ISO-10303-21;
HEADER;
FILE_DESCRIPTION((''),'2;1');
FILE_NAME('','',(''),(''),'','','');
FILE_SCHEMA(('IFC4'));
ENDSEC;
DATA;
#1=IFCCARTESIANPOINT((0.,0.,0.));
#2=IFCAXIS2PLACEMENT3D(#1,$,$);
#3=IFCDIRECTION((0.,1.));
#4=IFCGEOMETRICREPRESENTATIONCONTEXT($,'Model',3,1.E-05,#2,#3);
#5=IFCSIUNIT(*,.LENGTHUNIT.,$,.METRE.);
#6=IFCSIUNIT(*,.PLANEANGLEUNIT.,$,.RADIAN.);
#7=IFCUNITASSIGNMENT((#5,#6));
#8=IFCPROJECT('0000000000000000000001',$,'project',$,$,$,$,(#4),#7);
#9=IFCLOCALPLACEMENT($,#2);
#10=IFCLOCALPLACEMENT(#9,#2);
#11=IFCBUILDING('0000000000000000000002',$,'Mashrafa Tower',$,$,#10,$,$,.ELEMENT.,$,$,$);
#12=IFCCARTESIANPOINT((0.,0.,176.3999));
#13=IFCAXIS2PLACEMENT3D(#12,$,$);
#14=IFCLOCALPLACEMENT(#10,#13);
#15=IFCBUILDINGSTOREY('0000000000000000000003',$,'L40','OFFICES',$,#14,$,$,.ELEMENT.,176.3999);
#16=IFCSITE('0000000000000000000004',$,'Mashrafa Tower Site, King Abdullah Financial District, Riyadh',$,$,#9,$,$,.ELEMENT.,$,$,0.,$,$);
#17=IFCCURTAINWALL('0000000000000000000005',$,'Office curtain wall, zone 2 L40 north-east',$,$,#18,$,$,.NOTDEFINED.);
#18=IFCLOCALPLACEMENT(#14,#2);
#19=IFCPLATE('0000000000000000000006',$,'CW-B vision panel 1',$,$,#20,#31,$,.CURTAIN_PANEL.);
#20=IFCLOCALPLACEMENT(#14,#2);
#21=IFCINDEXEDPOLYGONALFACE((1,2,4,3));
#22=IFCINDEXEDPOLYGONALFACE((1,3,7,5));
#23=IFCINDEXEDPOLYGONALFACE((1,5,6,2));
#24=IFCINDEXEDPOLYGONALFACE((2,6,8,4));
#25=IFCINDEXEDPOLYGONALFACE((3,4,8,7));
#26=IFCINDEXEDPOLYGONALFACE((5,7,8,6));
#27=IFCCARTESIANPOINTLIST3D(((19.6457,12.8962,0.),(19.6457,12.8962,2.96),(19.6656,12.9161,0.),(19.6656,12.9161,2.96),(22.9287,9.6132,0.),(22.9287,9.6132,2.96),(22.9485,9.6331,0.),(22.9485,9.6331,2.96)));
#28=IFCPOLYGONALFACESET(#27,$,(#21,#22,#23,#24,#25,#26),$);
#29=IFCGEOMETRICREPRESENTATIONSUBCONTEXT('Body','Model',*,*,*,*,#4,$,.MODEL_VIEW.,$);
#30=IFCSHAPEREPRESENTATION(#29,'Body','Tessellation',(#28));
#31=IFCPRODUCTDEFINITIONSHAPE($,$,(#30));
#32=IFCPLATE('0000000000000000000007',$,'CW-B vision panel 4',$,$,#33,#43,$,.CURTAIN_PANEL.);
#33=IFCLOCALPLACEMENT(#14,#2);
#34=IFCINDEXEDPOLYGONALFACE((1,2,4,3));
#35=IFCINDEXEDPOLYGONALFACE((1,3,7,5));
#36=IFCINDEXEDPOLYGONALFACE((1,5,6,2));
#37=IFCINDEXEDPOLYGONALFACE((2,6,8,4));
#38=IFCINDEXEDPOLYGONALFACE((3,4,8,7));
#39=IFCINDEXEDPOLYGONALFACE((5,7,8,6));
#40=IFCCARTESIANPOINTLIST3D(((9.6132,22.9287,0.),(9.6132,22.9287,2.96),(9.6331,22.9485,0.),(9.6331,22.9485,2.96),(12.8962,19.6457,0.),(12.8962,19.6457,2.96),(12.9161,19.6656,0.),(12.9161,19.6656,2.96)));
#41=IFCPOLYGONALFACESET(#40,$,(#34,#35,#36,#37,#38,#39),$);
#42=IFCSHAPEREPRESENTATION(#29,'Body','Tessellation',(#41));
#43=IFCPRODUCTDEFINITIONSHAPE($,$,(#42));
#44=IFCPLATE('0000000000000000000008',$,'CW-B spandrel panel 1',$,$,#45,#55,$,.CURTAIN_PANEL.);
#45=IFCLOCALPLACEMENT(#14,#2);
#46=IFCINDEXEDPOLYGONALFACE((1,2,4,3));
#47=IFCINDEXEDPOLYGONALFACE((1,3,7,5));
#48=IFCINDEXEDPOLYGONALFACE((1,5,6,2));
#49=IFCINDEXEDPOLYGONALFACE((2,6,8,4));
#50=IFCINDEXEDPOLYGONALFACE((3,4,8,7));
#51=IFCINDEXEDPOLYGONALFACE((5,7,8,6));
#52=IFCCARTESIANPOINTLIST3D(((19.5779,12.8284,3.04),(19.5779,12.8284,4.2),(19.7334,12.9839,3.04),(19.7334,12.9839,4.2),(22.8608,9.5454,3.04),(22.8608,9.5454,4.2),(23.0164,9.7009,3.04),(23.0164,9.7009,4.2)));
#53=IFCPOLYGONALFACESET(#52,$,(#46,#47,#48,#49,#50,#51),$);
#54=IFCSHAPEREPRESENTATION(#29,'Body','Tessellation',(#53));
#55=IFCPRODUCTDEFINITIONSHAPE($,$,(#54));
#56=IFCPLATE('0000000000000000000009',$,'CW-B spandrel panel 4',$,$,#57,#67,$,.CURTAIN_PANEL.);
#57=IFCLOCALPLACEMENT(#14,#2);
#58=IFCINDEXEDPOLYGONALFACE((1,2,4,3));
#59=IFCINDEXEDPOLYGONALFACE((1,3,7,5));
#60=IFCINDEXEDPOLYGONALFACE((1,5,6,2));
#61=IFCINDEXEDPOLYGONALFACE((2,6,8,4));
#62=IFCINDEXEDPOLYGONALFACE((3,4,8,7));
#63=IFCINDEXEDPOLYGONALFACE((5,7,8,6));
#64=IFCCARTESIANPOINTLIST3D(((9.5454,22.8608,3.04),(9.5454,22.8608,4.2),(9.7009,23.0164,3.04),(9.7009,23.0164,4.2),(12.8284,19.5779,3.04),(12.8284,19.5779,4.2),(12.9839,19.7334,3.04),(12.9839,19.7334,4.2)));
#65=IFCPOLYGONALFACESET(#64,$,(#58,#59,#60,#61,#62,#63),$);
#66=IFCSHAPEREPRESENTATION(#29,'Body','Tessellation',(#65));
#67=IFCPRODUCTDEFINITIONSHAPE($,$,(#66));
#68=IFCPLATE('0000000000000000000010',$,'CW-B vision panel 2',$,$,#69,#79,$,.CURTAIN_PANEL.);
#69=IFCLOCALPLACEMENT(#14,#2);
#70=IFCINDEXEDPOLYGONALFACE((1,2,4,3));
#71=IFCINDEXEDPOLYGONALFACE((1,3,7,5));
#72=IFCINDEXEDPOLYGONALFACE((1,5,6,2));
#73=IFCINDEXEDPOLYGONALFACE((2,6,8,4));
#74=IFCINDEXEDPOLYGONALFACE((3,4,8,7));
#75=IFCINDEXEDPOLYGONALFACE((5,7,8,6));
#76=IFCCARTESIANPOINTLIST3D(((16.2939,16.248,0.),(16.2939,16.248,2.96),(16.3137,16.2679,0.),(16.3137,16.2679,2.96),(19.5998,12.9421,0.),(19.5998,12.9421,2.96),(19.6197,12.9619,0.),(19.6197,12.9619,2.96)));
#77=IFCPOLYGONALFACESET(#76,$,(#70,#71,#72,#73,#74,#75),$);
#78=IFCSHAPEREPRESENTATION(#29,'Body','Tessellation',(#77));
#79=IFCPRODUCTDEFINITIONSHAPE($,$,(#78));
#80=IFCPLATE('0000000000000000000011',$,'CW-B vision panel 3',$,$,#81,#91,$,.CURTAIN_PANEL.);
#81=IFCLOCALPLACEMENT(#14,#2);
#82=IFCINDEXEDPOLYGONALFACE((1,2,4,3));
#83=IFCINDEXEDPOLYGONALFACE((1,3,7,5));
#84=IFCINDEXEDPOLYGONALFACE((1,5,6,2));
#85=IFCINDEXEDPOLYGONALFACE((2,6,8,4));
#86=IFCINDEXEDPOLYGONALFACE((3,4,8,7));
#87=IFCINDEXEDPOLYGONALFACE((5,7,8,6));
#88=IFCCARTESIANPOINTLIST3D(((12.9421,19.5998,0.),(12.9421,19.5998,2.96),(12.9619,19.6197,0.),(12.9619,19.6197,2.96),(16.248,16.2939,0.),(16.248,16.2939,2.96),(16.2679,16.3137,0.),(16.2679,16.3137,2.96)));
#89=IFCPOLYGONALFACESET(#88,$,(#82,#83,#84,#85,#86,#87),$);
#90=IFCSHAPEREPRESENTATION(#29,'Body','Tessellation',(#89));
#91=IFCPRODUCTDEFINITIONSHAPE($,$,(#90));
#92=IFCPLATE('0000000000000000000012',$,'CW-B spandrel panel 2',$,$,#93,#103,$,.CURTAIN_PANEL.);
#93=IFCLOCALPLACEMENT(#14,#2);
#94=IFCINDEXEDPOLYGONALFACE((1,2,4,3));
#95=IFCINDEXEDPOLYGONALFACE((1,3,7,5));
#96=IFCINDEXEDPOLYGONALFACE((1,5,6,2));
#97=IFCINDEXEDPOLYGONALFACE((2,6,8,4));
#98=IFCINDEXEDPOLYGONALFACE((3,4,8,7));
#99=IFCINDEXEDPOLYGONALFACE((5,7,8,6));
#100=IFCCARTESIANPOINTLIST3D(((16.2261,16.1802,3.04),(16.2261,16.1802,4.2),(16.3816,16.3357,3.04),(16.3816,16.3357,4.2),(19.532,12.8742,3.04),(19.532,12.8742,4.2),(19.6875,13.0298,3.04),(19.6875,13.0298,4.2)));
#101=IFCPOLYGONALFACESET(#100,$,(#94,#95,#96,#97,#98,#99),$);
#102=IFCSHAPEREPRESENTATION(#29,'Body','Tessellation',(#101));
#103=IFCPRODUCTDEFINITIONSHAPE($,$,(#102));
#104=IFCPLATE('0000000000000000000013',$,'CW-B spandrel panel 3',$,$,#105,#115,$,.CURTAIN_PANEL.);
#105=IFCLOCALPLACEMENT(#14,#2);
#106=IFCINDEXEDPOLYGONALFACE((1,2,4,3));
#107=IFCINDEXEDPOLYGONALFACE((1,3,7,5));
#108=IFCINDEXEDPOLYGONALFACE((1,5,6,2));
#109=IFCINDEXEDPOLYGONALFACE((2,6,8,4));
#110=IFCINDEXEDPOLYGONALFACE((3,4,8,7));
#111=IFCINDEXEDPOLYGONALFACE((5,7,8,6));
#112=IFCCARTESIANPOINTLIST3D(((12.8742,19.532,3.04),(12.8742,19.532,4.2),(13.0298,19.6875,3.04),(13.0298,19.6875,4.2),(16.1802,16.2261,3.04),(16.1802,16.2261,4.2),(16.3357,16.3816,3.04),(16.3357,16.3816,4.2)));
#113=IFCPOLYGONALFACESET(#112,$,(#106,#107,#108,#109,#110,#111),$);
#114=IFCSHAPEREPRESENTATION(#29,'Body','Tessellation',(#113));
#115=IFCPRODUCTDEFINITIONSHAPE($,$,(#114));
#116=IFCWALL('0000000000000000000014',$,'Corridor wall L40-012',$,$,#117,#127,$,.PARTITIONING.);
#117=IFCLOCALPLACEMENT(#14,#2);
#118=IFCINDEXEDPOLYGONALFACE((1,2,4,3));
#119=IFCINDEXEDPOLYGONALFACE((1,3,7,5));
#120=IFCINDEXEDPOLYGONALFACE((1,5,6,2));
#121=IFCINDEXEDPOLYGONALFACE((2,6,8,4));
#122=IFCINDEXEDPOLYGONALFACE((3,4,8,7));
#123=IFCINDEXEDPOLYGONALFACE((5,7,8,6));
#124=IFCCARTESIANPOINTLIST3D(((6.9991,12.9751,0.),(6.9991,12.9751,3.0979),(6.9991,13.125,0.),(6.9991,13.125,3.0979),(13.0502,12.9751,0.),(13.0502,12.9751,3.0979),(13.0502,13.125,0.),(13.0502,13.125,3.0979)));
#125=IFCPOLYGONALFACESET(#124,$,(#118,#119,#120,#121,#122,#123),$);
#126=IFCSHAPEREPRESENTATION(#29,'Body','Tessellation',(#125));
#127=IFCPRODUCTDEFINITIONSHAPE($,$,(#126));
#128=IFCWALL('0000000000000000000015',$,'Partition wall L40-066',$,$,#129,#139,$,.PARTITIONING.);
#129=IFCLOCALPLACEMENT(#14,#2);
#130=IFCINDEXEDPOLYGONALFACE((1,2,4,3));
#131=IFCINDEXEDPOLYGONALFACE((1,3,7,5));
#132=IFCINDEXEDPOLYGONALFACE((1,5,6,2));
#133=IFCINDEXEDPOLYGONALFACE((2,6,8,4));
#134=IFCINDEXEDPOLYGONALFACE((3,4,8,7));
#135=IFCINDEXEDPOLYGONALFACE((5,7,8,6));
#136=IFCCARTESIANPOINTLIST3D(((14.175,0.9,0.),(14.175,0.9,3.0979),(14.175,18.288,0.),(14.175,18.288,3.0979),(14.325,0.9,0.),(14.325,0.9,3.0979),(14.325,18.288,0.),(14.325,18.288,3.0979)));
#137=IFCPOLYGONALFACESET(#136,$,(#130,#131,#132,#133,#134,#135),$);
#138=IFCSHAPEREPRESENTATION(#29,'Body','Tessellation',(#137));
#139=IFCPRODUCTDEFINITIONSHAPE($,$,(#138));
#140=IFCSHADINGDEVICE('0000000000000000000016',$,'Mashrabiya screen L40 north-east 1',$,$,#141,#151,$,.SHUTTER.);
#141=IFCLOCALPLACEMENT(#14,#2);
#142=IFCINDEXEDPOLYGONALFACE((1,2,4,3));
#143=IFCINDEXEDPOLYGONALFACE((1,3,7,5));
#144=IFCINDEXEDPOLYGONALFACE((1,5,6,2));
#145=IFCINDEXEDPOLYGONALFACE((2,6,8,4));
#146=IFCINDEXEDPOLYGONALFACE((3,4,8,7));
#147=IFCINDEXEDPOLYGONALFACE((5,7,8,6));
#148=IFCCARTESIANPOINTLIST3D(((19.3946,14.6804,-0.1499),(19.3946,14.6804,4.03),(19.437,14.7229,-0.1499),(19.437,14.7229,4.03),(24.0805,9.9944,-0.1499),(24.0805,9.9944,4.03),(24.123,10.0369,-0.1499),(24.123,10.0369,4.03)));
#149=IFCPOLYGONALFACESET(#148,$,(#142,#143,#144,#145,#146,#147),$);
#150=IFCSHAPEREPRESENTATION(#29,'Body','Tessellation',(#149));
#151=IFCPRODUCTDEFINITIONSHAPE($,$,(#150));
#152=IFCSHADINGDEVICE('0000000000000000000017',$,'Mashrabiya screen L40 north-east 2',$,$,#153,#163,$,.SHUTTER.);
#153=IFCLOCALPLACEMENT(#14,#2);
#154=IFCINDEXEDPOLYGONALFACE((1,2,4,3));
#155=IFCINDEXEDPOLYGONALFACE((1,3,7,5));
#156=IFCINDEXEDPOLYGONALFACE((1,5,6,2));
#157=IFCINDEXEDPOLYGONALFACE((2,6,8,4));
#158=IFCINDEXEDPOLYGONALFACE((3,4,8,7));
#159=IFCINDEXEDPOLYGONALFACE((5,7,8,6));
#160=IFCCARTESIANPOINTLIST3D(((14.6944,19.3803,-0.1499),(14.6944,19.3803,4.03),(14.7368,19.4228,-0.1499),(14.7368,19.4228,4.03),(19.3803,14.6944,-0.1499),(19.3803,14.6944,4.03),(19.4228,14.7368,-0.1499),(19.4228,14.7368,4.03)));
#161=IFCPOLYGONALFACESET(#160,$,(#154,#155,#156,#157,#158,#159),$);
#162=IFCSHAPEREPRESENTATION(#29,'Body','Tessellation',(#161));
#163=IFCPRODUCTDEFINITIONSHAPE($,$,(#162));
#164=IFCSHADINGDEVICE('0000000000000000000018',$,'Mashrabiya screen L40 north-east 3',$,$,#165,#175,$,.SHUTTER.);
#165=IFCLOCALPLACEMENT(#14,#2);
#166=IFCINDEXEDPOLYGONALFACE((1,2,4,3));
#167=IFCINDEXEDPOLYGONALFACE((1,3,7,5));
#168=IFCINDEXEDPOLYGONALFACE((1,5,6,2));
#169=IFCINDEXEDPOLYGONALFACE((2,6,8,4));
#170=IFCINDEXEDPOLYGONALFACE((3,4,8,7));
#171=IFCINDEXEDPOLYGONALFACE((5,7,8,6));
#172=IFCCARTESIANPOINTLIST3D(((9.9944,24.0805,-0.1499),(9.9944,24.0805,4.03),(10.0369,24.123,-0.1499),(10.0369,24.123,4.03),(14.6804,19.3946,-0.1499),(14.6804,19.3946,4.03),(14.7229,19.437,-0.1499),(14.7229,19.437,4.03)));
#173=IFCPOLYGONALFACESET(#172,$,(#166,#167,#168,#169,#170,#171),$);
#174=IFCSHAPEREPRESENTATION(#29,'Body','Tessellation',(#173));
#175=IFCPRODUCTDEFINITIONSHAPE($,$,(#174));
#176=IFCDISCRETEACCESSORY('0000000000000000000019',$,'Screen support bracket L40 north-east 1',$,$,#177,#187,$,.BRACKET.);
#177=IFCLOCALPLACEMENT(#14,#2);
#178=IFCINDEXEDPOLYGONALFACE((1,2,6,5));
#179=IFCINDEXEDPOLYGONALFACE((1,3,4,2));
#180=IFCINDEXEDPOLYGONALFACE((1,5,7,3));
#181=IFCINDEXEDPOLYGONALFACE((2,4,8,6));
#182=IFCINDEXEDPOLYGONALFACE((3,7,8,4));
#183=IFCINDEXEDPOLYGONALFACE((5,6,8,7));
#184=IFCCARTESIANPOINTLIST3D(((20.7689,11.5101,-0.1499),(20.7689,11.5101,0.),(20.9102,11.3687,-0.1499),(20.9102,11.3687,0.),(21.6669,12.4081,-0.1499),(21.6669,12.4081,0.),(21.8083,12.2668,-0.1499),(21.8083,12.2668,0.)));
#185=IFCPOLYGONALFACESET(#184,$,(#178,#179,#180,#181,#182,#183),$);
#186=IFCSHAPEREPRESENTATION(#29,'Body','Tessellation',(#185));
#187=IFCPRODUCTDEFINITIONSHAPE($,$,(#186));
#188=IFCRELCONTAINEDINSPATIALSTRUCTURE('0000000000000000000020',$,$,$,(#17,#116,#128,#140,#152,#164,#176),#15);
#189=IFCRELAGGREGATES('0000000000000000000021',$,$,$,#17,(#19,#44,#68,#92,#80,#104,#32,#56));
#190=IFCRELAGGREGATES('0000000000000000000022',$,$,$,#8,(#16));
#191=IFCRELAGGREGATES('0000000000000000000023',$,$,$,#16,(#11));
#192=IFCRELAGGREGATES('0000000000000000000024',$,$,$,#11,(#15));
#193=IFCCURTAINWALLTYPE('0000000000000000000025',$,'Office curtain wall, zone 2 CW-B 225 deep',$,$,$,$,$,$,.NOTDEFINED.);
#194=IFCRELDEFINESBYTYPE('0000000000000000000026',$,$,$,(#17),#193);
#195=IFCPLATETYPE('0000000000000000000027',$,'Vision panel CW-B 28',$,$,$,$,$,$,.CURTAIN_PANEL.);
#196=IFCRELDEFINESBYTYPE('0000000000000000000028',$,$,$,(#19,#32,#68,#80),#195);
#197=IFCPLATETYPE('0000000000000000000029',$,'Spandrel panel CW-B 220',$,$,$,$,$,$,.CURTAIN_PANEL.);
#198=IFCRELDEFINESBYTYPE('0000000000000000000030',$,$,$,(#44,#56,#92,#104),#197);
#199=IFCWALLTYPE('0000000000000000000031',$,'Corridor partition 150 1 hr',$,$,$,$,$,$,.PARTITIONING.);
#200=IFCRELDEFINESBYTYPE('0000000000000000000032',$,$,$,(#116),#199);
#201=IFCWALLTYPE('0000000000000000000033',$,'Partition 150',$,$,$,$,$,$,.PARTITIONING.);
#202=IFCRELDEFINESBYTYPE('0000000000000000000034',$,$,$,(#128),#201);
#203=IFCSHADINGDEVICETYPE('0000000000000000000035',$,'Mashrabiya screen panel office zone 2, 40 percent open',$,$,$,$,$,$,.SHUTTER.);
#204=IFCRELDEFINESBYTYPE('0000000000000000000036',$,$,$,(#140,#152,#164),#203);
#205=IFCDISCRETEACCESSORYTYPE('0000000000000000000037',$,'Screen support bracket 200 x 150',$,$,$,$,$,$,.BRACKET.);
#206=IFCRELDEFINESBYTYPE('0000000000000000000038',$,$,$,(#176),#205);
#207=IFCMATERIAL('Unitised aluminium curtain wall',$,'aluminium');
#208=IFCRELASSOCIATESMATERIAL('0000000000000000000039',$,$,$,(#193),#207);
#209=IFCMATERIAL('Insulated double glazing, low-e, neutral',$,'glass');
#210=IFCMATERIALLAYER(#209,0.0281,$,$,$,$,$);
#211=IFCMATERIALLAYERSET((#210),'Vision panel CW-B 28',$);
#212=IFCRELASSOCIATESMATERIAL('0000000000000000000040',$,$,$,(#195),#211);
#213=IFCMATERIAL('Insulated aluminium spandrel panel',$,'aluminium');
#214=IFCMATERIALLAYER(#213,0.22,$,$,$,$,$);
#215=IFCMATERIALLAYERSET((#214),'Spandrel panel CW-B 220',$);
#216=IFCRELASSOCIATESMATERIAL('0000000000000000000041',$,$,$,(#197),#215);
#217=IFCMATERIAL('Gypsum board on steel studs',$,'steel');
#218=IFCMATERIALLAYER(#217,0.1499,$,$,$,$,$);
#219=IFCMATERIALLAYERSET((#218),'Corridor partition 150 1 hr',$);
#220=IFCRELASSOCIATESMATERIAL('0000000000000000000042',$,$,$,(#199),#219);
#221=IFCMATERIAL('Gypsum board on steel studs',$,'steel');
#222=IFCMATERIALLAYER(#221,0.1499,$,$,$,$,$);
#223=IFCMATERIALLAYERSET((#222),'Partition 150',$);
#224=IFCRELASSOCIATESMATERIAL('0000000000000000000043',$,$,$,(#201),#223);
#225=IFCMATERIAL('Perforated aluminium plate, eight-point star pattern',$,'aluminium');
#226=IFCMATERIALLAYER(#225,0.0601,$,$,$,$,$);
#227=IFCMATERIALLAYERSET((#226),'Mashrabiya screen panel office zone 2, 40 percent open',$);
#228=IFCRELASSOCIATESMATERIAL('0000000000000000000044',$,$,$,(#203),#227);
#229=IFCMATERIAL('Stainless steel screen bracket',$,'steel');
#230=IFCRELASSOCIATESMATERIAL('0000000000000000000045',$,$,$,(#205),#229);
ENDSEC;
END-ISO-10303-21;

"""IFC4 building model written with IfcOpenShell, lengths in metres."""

from ifc_helpers import new_model, si_unit, direction, frame, frame_2d, origin, origin_2d, place, context, subcontext, project, spatial, rectangle, extrude, source, transform, mapped, material, layer, layer_set, type_object, type_shapes, element, aggregate, save


model = new_model("IFC4")

# Units and contexts
model_context = context("Model", 3, precision=1e-05, world=origin(), true_north=direction((0.0, 1.0)))
body_context = subcontext(model_context, "Body", "Model", "MODEL_VIEW")
ifc_project = project(units=[si_unit("LENGTHUNIT", "METRE"), si_unit("PLANEANGLEUNIT", "RADIAN")], contexts=[model_context])

# Site, building, storey
site_placement = place(None, origin())
site = spatial("IfcSite", under=ifc_project, at=site_placement, Name="Mashrafa Tower Site, King Abdullah Financial District, Riyadh", CompositionType="ELEMENT", RefElevation=0.0)
building_placement = place(site_placement, origin())
building = spatial("IfcBuilding", under=site, at=building_placement, Name="Mashrafa Tower", CompositionType="ELEMENT")
storey_placement = place(building_placement, frame((0.0, 0.0, 176.3999)))
storey = spatial("IfcBuildingStorey", under=building, at=storey_placement, Name="L40", Description="OFFICES", CompositionType="ELEMENT", Elevation=176.3999)

# Curtain wall, plates
ifc_material_1 = material(Name="Unitised aluminium curtain wall", Category="aluminium")
curtain_wall_type = type_object("IfcCurtainWallType", Name="Office curtain wall, zone 2 CW-B 225 deep", PredefinedType="NOTDEFINED", material=ifc_material_1)
curtain_wall_placement = place(storey_placement, origin())
curtain_wall = element("IfcCurtainWall", 1, at=curtain_wall_placement, inside=storey, type_object=curtain_wall_type, Name="Office curtain wall, zone 2 L40 north-east", PredefinedType="NOTDEFINED")
ifc_material_2 = material(Name="Insulated double glazing, low-e, neutral", Category="glass")
ifc_layer_1 = layer(ifc_material_2, 0.0281)
ifc_layer_set_1 = layer_set([ifc_layer_1], Name="Vision panel CW-B 28")
plate_type_1 = type_object("IfcPlateType", Name="Vision panel CW-B 28", PredefinedType="CURTAIN_PANEL", material=ifc_layer_set_1)
shared_shape_1 = source(origin(), body_context, "Body", "SweptSolid", [
    extrude(rectangle(XDim=4.6428, YDim=0.0281, at=origin_2d()), origin(), (0.0, 0.0, 1.0), 2.96),
])
plate_1_placement = place(storey_placement, frame((21.2971, 11.2646, 0.0), z_axis=(0.0, 0.0, 1.0), x_axis=(-0.707107, 0.707107, 0.0)))
plate_1 = element("IfcPlate", 2, at=plate_1_placement, type_object=plate_type_1, Name="CW-B vision panel 1", PredefinedType="CURTAIN_PANEL", context=body_context, shape_type="MappedRepresentation", body=[
    mapped(shared_shape_1, transform((0.0, 0.0, 0.0))),
])
plate_2_placement = place(storey_placement, frame((11.2646, 21.2971, 0.0), z_axis=(0.0, 0.0, 1.0), x_axis=(-0.707107, 0.707107, 0.0)))
plate_2 = element("IfcPlate", 3, at=plate_2_placement, type_object=plate_type_1, Name="CW-B vision panel 4", PredefinedType="CURTAIN_PANEL", context=body_context, shape_type="MappedRepresentation", body=[
    mapped(shared_shape_1, transform((0.0, 0.0, 0.0))),
])
ifc_material_3 = material(Name="Insulated aluminium spandrel panel", Category="aluminium")
ifc_layer_2 = layer(ifc_material_3, 0.22)
ifc_layer_set_2 = layer_set([ifc_layer_2], Name="Spandrel panel CW-B 220")
plate_type_2 = type_object("IfcPlateType", Name="Spandrel panel CW-B 220", PredefinedType="CURTAIN_PANEL", material=ifc_layer_set_2)
shared_shape_2 = source(origin(), body_context, "Body", "SweptSolid", [
    extrude(rectangle(XDim=4.6428, YDim=0.22, at=origin_2d()), origin(), (0.0, 0.0, 1.0), 1.1599),
])
plate_3_placement = place(storey_placement, frame((21.2971, 11.2646, 3.04), z_axis=(0.0, 0.0, 1.0), x_axis=(-0.707107, 0.707107, 0.0)))
plate_3 = element("IfcPlate", 4, at=plate_3_placement, type_object=plate_type_2, Name="CW-B spandrel panel 1", PredefinedType="CURTAIN_PANEL", context=body_context, shape_type="MappedRepresentation", body=[
    mapped(shared_shape_2, transform((0.0, 0.0, 0.0))),
])
plate_4_placement = place(storey_placement, frame((11.2646, 21.2971, 3.04), z_axis=(0.0, 0.0, 1.0), x_axis=(-0.707107, 0.707107, 0.0)))
plate_4 = element("IfcPlate", 5, at=plate_4_placement, type_object=plate_type_2, Name="CW-B spandrel panel 4", PredefinedType="CURTAIN_PANEL", context=body_context, shape_type="MappedRepresentation", body=[
    mapped(shared_shape_2, transform((0.0, 0.0, 0.0))),
])
shared_shape_3 = source(origin(), body_context, "Body", "SweptSolid", [
    extrude(rectangle(XDim=4.6753, YDim=0.0281, at=origin_2d()), origin(), (0.0, 0.0, 1.0), 2.96),
])
type_shapes(plate_type_1, [shared_shape_1, shared_shape_3])
plate_5_placement = place(storey_placement, frame((17.9568, 14.605, 0.0), z_axis=(0.0, 0.0, 1.0), x_axis=(-0.707107, 0.707107, 0.0)))
plate_5 = element("IfcPlate", 6, at=plate_5_placement, type_object=plate_type_1, Name="CW-B vision panel 2", PredefinedType="CURTAIN_PANEL", context=body_context, shape_type="MappedRepresentation", body=[
    mapped(shared_shape_3, transform((0.0, 0.0, 0.0))),
])
plate_6_placement = place(storey_placement, frame((14.605, 17.9568, 0.0), z_axis=(0.0, 0.0, 1.0), x_axis=(-0.707107, 0.707107, 0.0)))
plate_6 = element("IfcPlate", 7, at=plate_6_placement, type_object=plate_type_1, Name="CW-B vision panel 3", PredefinedType="CURTAIN_PANEL", context=body_context, shape_type="MappedRepresentation", body=[
    mapped(shared_shape_3, transform((0.0, 0.0, 0.0))),
])
shared_shape_4 = source(origin(), body_context, "Body", "SweptSolid", [
    extrude(rectangle(XDim=4.6753, YDim=0.22, at=origin_2d()), origin(), (0.0, 0.0, 1.0), 1.1599),
])
type_shapes(plate_type_2, [shared_shape_2, shared_shape_4])
plate_7_placement = place(storey_placement, frame((17.9568, 14.605, 3.04), z_axis=(0.0, 0.0, 1.0), x_axis=(-0.707107, 0.707107, 0.0)))
plate_7 = element("IfcPlate", 8, at=plate_7_placement, type_object=plate_type_2, Name="CW-B spandrel panel 2", PredefinedType="CURTAIN_PANEL", context=body_context, shape_type="MappedRepresentation", body=[
    mapped(shared_shape_4, transform((0.0, 0.0, 0.0))),
])
plate_8_placement = place(storey_placement, frame((14.605, 17.9568, 3.04), z_axis=(0.0, 0.0, 1.0), x_axis=(-0.707107, 0.707107, 0.0)))
plate_8 = element("IfcPlate", 9, at=plate_8_placement, type_object=plate_type_2, Name="CW-B spandrel panel 3", PredefinedType="CURTAIN_PANEL", context=body_context, shape_type="MappedRepresentation", body=[
    mapped(shared_shape_4, transform((0.0, 0.0, 0.0))),
])
aggregate(curtain_wall, [plate_1, plate_3, plate_5, plate_7, plate_6, plate_8, plate_2, plate_4])

# Walls
ifc_material_4 = material(Name="Gypsum board on steel studs", Category="steel")
ifc_layer_3 = layer(ifc_material_4, 0.1499)
ifc_layer_set_3 = layer_set([ifc_layer_3], Name="Corridor partition 150 1 hr")
wall_type_1 = type_object("IfcWallType", Name="Corridor partition 150 1 hr", PredefinedType="PARTITIONING", material=ifc_layer_set_3)
wall_1_placement = place(storey_placement, frame((13.05, 13.05, 0.0), z_axis=(0.0, 0.0, 1.0), x_axis=(-1.0, 0.0, 0.0)))
element("IfcWall", 10, at=wall_1_placement, inside=storey, type_object=wall_type_1, Name="Corridor wall L40-012", PredefinedType="PARTITIONING", context=body_context, shape_type="SweptSolid", body=[
    extrude(rectangle(XDim=6.051, YDim=0.1499, at=frame_2d((3.0254, 0.0))), origin(), (0.0, 0.0, 1.0), 3.0979),
])
ifc_material_5 = material(Name="Gypsum board on steel studs", Category="steel")
ifc_layer_4 = layer(ifc_material_5, 0.1499)
ifc_layer_set_4 = layer_set([ifc_layer_4], Name="Partition 150")
wall_type_2 = type_object("IfcWallType", Name="Partition 150", PredefinedType="PARTITIONING", material=ifc_layer_set_4)
wall_2_placement = place(storey_placement, frame((14.25, 18.2878, 0.0), z_axis=(0.0, 0.0, 1.0), x_axis=(0.0, -1.0, 0.0)))
element("IfcWall", 11, at=wall_2_placement, inside=storey, type_object=wall_type_2, Name="Partition wall L40-066", PredefinedType="PARTITIONING", context=body_context, shape_type="SweptSolid", body=[
    extrude(rectangle(XDim=17.3879, YDim=0.1499, at=frame_2d((8.6938, 0.0))), origin(), (0.0, 0.0, 1.0), 3.0979),
])

# Shading devices
ifc_material_6 = material(Name="Perforated aluminium plate, eight-point star pattern", Category="aluminium")
ifc_layer_5 = layer(ifc_material_6, 0.0601)
ifc_layer_set_5 = layer_set([ifc_layer_5], Name="Mashrabiya screen panel office zone 2, 40 percent open")
shading_device_type = type_object("IfcShadingDeviceType", Name="Mashrabiya screen panel office zone 2, 40 percent open", PredefinedType="SHUTTER", material=ifc_layer_set_5)
shared_shape_5 = source(origin(), body_context, "Body", "SweptSolid", [
    extrude(rectangle(XDim=6.627, YDim=0.0601, at=origin_2d()), origin(), (0.0, 0.0, 1.0), 4.1799),
])
type_shapes(shading_device_type, [shared_shape_5])
for number, where, z_axis, x_axis, name in (
    (12, (21.7588, 12.3586, -0.1499), (0.0, 0.0, 1.0), (-0.707107, 0.707107, 0.0), "Mashrabiya screen L40 north-east 1"),
    (13, (17.0586, 17.0586, -0.1499), (0.0, 0.0, 1.0), (-0.707107, 0.707107, 0.0), "Mashrabiya screen L40 north-east 2"),
    (14, (12.3586, 21.7588, -0.1499), (0.0, 0.0, 1.0), (-0.707107, 0.707107, 0.0), "Mashrabiya screen L40 north-east 3"),
):
    element("IfcShadingDevice", number, at=place(storey_placement, frame(where, z_axis=z_axis, x_axis=x_axis)), inside=storey, type_object=shading_device_type, Name=name, PredefinedType="SHUTTER", context=body_context, shape_type="MappedRepresentation", body=[
        mapped(shared_shape_5, transform((0.0, 0.0, 0.0))),
    ])

# Discrete accessory
ifc_material_7 = material(Name="Stainless steel screen bracket", Category="steel")
discrete_accessory_type = type_object("IfcDiscreteAccessoryType", Name="Screen support bracket 200 x 150", PredefinedType="BRACKET", material=ifc_material_7)
shared_shape_6 = source(origin(), body_context, "Body", "SweptSolid", [
    extrude(rectangle(XDim=0.2, YDim=1.27, at=origin_2d()), origin(), (0.0, 0.0, 1.0), 0.1499),
])
type_shapes(discrete_accessory_type, [shared_shape_6])
for number, where, z_axis, x_axis, name in (
    (15, (21.2886, 11.8884, -0.1499), (0.0, 0.0, 1.0), (-0.707107, 0.707107, 0.0), "Screen support bracket L40 north-east 1"),
):
    element("IfcDiscreteAccessory", number, at=place(storey_placement, frame(where, z_axis=z_axis, x_axis=x_axis)), inside=storey, type_object=discrete_accessory_type, Name=name, PredefinedType="BRACKET", context=body_context, shape_type="MappedRepresentation", body=[
        mapped(shared_shape_6, transform((0.0, 0.0, 0.0))),
    ])

save(model, "model.ifc")
